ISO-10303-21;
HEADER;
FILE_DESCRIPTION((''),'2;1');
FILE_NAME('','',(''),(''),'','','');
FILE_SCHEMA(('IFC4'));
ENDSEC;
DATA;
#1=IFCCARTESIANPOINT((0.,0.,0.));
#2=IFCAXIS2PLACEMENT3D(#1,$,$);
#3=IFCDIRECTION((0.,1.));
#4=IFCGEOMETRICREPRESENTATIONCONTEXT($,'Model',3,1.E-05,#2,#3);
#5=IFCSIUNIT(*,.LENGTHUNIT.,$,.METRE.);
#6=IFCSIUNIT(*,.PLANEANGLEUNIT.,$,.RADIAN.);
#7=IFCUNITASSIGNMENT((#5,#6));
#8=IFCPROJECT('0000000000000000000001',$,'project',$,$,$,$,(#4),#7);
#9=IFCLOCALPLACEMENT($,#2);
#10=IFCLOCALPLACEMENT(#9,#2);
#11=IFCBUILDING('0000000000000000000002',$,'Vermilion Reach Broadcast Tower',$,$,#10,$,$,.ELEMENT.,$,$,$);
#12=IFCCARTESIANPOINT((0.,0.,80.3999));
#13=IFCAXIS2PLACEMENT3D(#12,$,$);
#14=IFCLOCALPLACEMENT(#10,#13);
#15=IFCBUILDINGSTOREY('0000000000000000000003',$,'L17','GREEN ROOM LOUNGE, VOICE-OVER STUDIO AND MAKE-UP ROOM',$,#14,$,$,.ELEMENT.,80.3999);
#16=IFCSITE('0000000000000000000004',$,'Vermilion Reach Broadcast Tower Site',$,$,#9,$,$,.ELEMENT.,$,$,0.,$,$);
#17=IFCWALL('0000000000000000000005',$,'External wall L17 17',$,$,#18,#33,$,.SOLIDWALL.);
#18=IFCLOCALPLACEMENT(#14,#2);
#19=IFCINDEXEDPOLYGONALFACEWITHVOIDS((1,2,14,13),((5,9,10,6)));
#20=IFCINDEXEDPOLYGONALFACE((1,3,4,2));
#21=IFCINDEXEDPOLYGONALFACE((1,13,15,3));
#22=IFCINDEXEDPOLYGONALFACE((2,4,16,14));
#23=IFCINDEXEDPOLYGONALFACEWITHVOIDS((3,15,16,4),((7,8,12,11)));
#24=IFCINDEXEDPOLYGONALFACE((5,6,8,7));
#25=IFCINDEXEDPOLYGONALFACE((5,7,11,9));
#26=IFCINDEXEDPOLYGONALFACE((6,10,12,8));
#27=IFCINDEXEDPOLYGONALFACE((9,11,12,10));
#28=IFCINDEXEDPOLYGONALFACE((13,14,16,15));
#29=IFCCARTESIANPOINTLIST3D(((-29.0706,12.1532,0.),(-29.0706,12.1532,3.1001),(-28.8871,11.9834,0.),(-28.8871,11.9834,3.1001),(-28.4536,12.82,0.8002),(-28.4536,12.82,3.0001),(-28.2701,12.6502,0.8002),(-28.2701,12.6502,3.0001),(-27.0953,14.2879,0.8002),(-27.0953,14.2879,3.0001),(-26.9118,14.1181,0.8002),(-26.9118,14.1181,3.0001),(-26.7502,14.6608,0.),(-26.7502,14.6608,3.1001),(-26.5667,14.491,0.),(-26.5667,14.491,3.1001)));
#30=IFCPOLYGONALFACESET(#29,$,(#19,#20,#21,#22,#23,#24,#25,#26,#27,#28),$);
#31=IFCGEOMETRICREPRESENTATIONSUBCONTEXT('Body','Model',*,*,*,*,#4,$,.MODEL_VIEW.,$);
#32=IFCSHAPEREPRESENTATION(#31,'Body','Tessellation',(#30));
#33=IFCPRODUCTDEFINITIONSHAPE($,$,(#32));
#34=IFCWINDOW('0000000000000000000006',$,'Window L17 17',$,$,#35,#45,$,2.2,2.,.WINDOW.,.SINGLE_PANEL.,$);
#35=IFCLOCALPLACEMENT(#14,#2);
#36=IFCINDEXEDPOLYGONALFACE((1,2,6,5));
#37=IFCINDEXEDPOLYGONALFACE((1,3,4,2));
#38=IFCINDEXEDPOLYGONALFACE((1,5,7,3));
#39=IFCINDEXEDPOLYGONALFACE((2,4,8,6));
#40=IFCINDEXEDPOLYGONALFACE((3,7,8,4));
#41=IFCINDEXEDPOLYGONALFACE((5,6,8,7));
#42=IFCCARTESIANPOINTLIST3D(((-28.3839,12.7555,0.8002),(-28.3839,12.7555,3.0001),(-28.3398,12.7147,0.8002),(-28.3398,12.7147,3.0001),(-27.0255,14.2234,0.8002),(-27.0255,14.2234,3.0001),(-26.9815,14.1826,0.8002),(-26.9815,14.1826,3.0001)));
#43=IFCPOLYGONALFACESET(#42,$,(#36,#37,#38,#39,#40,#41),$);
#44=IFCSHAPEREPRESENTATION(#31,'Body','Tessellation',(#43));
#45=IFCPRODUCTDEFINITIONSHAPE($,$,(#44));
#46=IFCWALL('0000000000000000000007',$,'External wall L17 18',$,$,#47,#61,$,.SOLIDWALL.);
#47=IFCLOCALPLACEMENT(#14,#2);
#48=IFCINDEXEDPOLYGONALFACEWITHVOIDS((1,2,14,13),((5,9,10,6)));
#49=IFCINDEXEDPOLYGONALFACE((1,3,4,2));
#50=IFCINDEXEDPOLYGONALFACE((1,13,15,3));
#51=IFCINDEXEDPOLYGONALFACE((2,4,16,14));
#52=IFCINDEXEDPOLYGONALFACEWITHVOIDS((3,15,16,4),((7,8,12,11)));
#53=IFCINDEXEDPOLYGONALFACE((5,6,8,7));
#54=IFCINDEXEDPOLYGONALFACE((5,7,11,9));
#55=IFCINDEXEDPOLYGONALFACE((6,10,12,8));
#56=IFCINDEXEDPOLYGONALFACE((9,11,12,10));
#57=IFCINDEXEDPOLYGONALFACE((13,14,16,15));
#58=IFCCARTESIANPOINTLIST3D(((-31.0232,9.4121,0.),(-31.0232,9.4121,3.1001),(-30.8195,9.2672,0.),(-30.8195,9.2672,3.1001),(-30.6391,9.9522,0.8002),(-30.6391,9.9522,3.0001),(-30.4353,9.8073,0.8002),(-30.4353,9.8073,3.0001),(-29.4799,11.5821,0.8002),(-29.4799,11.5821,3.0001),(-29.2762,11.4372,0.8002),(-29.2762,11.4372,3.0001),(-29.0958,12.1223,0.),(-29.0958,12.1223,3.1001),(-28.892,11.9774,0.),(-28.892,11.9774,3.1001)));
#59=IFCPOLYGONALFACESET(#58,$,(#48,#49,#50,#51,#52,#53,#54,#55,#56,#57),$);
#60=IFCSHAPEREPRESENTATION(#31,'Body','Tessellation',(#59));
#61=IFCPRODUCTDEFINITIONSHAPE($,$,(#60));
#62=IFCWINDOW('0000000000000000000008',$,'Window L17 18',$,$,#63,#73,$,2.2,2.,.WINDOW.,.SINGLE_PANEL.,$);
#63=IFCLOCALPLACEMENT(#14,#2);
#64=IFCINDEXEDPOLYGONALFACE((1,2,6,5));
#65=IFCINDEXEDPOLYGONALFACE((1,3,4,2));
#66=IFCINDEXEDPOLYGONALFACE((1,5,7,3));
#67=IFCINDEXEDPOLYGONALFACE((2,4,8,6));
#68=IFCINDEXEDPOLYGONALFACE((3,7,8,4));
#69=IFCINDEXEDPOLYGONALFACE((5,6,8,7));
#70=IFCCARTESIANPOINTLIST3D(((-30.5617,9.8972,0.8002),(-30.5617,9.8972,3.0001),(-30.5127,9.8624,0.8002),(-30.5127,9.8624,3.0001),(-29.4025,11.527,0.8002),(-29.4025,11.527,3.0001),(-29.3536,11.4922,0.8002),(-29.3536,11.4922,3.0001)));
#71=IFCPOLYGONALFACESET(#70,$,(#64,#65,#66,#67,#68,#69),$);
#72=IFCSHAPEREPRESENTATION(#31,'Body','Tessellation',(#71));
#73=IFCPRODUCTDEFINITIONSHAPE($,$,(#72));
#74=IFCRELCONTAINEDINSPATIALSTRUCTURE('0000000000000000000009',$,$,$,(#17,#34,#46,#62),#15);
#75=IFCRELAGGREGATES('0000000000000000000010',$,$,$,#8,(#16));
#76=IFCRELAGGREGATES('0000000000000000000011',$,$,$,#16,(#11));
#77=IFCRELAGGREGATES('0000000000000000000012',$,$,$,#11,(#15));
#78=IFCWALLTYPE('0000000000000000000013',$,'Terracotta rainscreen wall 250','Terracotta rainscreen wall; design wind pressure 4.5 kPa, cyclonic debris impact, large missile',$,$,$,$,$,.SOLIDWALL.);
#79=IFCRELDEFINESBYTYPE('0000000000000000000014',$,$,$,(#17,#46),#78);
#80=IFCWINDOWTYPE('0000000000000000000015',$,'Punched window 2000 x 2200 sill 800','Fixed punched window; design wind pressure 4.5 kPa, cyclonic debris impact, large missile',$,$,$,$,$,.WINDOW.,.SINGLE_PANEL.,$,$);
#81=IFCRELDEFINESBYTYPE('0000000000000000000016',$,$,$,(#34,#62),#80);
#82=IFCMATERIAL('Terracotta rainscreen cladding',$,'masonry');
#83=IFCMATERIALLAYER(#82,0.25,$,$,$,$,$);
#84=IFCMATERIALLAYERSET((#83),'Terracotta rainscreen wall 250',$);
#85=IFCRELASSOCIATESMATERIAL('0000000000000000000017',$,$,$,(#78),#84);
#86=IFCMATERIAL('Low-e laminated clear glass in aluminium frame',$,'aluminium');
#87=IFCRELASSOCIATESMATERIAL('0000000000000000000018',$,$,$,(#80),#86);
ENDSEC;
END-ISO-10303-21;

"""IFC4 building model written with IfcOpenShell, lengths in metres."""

from ifc_helpers import new_model, si_unit, direction, frame, frame_2d, origin, place, context, subcontext, project, spatial, rectangle, extrude, material, layer, layer_set, type_object, element, fill, save


model = new_model("IFC4")

# Units and contexts
model_context = context("Model", 3, precision=1e-05, world=origin(), true_north=direction((0.0, 1.0)))
body_context = subcontext(model_context, "Body", "Model", "MODEL_VIEW")
ifc_project = project(units=[si_unit("LENGTHUNIT", "METRE"), si_unit("PLANEANGLEUNIT", "RADIAN")], contexts=[model_context])

# Site, building, storey
site_placement = place(None, origin())
site = spatial("IfcSite", under=ifc_project, at=site_placement, Name="Vermilion Reach Broadcast Tower Site", CompositionType="ELEMENT", RefElevation=0.0)
building_placement = place(site_placement, origin())
building = spatial("IfcBuilding", under=site, at=building_placement, Name="Vermilion Reach Broadcast Tower", CompositionType="ELEMENT")
storey_placement = place(building_placement, frame((0.0, 0.0, 80.3999)))
storey = spatial("IfcBuildingStorey", under=building, at=storey_placement, Name="L17", Description="GREEN ROOM LOUNGE, VOICE-OVER STUDIO AND MAKE-UP ROOM", CompositionType="ELEMENT", Elevation=80.3999)

# Shared definitions
ifc_material_1 = material(Name="Terracotta rainscreen cladding", Category="masonry")
ifc_layer_1 = layer(ifc_material_1, 0.25)
ifc_layer_set_1 = layer_set([ifc_layer_1], Name="Terracotta rainscreen wall 250")
wall_type_1 = type_object("IfcWallType", Name="Terracotta rainscreen wall 250", Description="Terracotta rainscreen wall; design wind pressure 4.5 kPa, cyclonic debris impact, large missile", PredefinedType="SOLIDWALL", material=ifc_layer_set_1)

# Shared definitions
ifc_material_2 = material(Name="Low-e laminated clear glass in aluminium frame", Category="aluminium")
window_type = type_object("IfcWindowType", Name="Punched window 2000 x 2200 sill 800", Description="Fixed punched window; design wind pressure 4.5 kPa, cyclonic debris impact, large missile", PartitioningType="SINGLE_PANEL", PredefinedType="WINDOW", material=ifc_material_2)

# Walls, openings, windows
wall_1_placement = place(storey_placement, frame((-26.6584, 14.5759, 0.0), z_axis=(0.0, 0.0, 1.0), x_axis=(-0.67917, -0.733981, 0.0)))
wall_1 = element("IfcWall", 1, at=wall_1_placement, inside=storey, type_object=wall_type_1, Name="External wall L17 17", PredefinedType="SOLIDWALL", context=body_context, shape_type="SweptSolid", body=[
    extrude(rectangle(XDim=3.4165, YDim=0.25, at=frame_2d((1.7083, 0.0))), origin(), (0.0, 0.0, 1.0), 3.1001),
])
opening_1_placement = place(wall_1_placement, frame((0.5081, 0.0, 0.8)))
opening_1 = element("IfcOpeningElement", 2, at=opening_1_placement, cuts=wall_1, PredefinedType="OPENING", context=body_context, shape_type="SweptSolid", body=[
    extrude(rectangle(XDim=2.0, YDim=2.2, at=frame_2d((1.0, 1.1001))), frame((0.0, 0.135, 0.0), z_axis=(0.0, -1.0, 0.0), x_axis=(1.0, 0.0, 0.0)), (0.0, 0.0, 1.0), 0.27),
])
window_1_placement = place(opening_1_placement, origin())
window_1 = element("IfcWindow", 3, at=window_1_placement, inside=storey, type_object=window_type, Name="Window L17 17", OverallHeight=2.2, OverallWidth=2.0, PartitioningType="SINGLE_PANEL", PredefinedType="WINDOW", context=body_context, shape_type="SweptSolid", body=[
    extrude(rectangle(XDim=2.0, YDim=2.2, at=frame_2d((1.0, 1.1001))), frame((0.0, 0.03, 0.0), z_axis=(0.0, -1.0, 0.0), x_axis=(1.0, 0.0, 0.0)), (0.0, 0.0, 1.0), 0.0601),
])
fill(opening_1, window_1)
wall_2_placement = place(storey_placement, frame((-28.9939, 12.0498, 0.0), z_axis=(0.0, 0.0, 1.0), x_axis=(-0.57957, -0.814922, 0.0)))
wall_2 = element("IfcWall", 4, at=wall_2_placement, inside=storey, type_object=wall_type_1, Name="External wall L17 18", PredefinedType="SOLIDWALL", context=body_context, shape_type="SweptSolid", body=[
    extrude(rectangle(XDim=3.3257, YDim=0.25, at=frame_2d((1.6628, 0.0))), origin(), (0.0, 0.0, 1.0), 3.1001),
])
opening_2_placement = place(wall_2_placement, frame((0.6628, 0.0, 0.8)))
opening_2 = element("IfcOpeningElement", 5, at=opening_2_placement, cuts=wall_2, PredefinedType="OPENING", context=body_context, shape_type="SweptSolid", body=[
    extrude(rectangle(XDim=2.0, YDim=2.2, at=frame_2d((1.0, 1.1001))), frame((0.0, 0.135, 0.0), z_axis=(0.0, -1.0, 0.0), x_axis=(1.0, 0.0, 0.0)), (0.0, 0.0, 1.0), 0.27),
])
window_2_placement = place(opening_2_placement, origin())
window_2 = element("IfcWindow", 6, at=window_2_placement, inside=storey, type_object=window_type, Name="Window L17 18", OverallHeight=2.2, OverallWidth=2.0, PartitioningType="SINGLE_PANEL", PredefinedType="WINDOW", context=body_context, shape_type="SweptSolid", body=[
    extrude(rectangle(XDim=2.0, YDim=2.2, at=frame_2d((1.0, 1.1001))), frame((0.0, 0.03, 0.0), z_axis=(0.0, -1.0, 0.0), x_axis=(1.0, 0.0, 0.0)), (0.0, 0.0, 1.0), 0.0601),
])
fill(opening_2, window_2)

save(model, "model.ifc")
